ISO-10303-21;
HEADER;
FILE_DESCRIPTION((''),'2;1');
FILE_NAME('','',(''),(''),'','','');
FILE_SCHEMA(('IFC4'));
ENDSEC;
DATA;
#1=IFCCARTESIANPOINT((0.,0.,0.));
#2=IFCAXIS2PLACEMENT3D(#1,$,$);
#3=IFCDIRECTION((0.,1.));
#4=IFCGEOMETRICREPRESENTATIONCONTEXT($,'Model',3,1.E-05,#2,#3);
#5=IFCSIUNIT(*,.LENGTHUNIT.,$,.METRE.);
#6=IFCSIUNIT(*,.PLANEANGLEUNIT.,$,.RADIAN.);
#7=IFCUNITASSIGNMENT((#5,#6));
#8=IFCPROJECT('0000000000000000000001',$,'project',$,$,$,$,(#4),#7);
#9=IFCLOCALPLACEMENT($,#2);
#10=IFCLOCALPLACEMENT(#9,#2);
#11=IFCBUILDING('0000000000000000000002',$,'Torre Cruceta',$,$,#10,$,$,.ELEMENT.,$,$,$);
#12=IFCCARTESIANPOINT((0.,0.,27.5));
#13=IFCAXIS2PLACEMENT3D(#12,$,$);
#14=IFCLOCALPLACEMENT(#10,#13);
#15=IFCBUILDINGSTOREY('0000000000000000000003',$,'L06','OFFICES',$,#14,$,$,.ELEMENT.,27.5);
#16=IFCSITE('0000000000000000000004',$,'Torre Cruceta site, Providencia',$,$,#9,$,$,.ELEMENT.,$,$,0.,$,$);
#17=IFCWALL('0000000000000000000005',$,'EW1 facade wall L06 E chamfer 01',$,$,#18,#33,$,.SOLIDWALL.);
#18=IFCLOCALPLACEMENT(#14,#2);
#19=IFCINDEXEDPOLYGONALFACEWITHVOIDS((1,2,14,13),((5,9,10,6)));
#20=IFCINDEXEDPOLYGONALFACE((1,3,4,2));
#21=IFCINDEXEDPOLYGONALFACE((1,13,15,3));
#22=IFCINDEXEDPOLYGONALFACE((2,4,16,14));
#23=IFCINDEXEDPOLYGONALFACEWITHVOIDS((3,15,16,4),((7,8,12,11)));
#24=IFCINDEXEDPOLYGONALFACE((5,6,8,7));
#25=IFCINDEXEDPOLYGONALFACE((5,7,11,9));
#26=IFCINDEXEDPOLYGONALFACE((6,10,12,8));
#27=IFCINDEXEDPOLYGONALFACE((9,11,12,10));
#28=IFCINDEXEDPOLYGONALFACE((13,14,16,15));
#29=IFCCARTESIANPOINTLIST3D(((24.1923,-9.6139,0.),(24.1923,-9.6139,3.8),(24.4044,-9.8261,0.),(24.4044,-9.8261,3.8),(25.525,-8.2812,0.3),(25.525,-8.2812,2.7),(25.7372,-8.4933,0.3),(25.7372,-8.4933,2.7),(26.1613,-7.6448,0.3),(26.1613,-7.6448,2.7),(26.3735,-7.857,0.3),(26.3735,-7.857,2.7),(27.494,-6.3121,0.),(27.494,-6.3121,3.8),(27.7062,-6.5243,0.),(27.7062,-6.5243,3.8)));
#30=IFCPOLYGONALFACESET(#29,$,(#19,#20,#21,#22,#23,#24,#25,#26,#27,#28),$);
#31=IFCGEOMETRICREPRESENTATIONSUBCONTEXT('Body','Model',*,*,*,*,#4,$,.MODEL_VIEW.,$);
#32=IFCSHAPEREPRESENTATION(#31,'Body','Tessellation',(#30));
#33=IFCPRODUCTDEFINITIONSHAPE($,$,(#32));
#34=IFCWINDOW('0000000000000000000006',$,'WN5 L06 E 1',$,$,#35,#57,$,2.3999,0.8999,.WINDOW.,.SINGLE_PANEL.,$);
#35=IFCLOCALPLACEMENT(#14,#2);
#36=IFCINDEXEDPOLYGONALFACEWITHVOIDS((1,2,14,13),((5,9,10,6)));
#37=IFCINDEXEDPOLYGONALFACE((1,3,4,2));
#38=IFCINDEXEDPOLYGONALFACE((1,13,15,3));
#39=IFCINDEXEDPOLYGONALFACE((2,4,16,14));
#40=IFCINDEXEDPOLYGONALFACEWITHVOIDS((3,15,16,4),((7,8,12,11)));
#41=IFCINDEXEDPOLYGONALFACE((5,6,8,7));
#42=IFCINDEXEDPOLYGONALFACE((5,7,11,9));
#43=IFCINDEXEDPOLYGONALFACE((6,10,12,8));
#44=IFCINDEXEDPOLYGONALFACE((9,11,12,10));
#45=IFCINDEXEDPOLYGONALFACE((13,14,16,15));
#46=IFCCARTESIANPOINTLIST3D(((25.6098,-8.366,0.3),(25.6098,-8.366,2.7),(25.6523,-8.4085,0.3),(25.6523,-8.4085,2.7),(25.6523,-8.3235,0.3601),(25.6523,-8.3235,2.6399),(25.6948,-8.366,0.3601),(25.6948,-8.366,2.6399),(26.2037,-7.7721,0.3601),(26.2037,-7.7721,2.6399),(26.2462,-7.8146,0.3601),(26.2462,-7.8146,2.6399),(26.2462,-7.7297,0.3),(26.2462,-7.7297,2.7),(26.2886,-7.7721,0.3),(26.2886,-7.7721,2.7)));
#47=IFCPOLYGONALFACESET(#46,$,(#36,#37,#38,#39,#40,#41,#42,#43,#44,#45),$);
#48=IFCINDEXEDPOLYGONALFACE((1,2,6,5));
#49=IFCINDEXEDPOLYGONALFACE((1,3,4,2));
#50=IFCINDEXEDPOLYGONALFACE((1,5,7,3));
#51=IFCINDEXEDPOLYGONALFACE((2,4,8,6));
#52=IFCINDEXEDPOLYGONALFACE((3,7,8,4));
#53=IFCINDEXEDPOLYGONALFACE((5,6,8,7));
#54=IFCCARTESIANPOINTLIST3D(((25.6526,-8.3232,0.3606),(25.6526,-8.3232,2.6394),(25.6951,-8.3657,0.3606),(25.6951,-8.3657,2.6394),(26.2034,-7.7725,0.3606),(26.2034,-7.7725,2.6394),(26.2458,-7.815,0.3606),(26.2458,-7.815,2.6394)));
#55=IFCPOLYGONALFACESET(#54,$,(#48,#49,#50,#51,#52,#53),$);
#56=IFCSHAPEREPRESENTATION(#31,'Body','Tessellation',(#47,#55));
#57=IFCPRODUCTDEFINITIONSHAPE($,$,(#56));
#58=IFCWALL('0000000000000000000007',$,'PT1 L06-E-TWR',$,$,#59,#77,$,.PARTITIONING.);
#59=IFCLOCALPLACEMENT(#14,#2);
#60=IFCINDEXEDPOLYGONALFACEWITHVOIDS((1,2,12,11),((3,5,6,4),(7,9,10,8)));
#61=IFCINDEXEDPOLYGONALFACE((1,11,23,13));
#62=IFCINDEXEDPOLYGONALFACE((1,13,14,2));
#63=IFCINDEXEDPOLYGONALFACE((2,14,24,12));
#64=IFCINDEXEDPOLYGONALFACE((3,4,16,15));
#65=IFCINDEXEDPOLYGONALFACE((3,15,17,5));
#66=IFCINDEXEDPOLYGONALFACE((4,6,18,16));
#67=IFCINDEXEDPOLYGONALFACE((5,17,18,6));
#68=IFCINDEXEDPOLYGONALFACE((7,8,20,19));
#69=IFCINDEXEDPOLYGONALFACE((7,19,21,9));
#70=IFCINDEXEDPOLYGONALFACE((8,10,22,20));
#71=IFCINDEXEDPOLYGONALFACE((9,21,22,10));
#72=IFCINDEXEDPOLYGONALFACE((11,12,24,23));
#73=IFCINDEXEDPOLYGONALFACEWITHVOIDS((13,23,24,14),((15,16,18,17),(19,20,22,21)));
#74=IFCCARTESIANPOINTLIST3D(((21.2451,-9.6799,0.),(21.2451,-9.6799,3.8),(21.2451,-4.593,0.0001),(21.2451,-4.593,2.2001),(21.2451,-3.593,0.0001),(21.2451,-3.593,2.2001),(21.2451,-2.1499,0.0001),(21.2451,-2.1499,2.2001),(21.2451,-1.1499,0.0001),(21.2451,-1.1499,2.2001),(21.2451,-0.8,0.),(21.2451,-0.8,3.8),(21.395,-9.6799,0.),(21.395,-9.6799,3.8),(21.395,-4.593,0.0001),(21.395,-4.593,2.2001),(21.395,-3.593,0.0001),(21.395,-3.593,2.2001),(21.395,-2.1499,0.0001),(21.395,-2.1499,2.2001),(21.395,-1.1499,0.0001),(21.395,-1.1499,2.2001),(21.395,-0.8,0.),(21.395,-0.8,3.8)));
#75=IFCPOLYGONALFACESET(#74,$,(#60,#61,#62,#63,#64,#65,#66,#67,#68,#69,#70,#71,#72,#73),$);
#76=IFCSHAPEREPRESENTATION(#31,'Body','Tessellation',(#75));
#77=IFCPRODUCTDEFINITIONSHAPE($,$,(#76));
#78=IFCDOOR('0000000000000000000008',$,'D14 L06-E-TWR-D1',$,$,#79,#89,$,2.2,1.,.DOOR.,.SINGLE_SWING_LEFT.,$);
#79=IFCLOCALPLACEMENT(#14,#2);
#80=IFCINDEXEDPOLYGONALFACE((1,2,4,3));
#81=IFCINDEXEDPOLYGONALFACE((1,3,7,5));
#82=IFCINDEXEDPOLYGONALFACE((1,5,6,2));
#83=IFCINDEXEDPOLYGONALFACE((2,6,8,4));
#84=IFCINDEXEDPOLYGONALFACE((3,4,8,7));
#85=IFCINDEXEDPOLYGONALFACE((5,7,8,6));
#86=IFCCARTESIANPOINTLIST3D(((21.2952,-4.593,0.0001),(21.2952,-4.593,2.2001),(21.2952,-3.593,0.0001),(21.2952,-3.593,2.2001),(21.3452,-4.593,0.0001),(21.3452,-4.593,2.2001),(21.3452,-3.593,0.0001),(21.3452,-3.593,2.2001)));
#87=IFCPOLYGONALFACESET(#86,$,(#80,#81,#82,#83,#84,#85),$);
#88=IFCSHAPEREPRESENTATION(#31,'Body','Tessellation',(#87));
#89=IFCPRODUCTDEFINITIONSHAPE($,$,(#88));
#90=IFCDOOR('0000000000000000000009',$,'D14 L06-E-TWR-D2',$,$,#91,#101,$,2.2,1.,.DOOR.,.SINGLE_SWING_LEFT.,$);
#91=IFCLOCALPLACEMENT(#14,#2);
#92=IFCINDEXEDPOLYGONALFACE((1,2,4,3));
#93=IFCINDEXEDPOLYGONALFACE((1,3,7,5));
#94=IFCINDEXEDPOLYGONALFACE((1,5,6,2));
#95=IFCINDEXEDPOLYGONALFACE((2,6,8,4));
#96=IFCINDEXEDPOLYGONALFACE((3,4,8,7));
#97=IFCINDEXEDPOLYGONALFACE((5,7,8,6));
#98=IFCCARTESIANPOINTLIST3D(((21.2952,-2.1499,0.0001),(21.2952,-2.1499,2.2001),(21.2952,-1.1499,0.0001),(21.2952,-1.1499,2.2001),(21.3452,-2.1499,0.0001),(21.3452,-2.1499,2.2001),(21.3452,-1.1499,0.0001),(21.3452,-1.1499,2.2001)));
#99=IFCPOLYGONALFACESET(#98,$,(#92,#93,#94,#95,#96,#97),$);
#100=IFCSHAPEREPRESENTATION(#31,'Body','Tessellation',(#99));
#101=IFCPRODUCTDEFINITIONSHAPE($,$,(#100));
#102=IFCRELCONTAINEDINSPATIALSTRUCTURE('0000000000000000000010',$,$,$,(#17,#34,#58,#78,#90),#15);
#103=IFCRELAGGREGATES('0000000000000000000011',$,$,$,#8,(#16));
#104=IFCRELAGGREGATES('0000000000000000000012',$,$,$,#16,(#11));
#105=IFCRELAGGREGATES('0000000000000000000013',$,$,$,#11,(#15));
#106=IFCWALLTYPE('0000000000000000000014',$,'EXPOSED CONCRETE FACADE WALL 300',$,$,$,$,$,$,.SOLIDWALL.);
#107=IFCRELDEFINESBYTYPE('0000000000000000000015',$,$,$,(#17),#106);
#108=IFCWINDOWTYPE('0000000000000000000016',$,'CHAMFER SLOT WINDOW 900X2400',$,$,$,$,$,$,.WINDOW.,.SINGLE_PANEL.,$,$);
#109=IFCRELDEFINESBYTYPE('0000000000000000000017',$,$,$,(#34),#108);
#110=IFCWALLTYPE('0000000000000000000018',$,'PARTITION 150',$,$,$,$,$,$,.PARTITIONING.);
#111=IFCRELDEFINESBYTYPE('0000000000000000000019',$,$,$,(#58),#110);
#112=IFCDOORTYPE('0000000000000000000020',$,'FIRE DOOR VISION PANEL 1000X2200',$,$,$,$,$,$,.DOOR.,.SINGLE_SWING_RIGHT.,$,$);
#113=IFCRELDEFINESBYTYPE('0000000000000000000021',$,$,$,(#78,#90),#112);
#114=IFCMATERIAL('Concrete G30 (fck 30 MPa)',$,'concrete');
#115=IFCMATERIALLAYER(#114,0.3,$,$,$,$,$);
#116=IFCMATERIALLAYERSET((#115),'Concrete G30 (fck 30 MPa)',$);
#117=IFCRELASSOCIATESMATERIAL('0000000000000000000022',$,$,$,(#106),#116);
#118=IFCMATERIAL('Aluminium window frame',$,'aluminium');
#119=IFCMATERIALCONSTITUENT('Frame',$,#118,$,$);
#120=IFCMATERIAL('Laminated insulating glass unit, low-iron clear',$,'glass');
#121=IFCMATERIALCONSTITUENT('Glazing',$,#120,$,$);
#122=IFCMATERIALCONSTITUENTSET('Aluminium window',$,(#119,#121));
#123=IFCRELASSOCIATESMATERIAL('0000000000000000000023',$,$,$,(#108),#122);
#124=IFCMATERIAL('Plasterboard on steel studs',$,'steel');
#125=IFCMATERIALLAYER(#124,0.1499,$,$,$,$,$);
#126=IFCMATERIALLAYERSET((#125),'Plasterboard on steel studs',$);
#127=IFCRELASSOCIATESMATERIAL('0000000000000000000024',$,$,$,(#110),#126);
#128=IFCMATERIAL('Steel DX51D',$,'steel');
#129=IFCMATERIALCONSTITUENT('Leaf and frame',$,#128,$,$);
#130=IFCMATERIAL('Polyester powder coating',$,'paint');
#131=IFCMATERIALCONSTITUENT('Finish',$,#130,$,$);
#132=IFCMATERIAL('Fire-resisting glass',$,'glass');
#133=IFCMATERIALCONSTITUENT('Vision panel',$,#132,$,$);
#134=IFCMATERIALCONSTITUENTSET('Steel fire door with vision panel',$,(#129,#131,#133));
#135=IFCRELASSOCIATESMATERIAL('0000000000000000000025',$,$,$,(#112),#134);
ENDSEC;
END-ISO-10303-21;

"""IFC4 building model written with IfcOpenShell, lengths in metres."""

from ifc_helpers import new_model, si_unit, direction, frame, frame_2d, origin, place, context, subcontext, project, spatial, rectangle, hollow_rectangle, extrude, material, layer, layer_set, constituent, constituent_set, type_object, element, fill, save


model = new_model("IFC4")

# Units and contexts
model_context = context("Model", 3, precision=1e-05, world=origin(), true_north=direction((0.0, 1.0)))
body_context = subcontext(model_context, "Body", "Model", "MODEL_VIEW")
ifc_project = project(units=[si_unit("LENGTHUNIT", "METRE"), si_unit("PLANEANGLEUNIT", "RADIAN")], contexts=[model_context])

# Site, building, storey
site_placement = place(None, origin())
site = spatial("IfcSite", under=ifc_project, at=site_placement, Name="Torre Cruceta site, Providencia", CompositionType="ELEMENT", RefElevation=0.0)
building_placement = place(site_placement, origin())
building = spatial("IfcBuilding", under=site, at=building_placement, Name="Torre Cruceta", CompositionType="ELEMENT")
storey_placement = place(building_placement, frame((0.0, 0.0, 27.5)))
storey = spatial("IfcBuildingStorey", under=building, at=storey_placement, Name="L06", Description="OFFICES", CompositionType="ELEMENT", Elevation=27.5)

# Wall, opening, window
ifc_material_1 = material(Name="Concrete G30 (fck 30 MPa)", Category="concrete")
ifc_layer_1 = layer(ifc_material_1, 0.3)
ifc_layer_set_1 = layer_set([ifc_layer_1], Name="Concrete G30 (fck 30 MPa)")
wall_type_1 = type_object("IfcWallType", Name="EXPOSED CONCRETE FACADE WALL 300", PredefinedType="SOLIDWALL", material=ifc_layer_set_1)
wall_1_placement = place(storey_placement, frame((24.2983, -9.72, 0.0), z_axis=(0.0, 0.0, 1.0), x_axis=(0.707107, 0.707107, 0.0)))
wall_1 = element("IfcWall", 1, at=wall_1_placement, inside=storey, type_object=wall_type_1, Name="EW1 facade wall L06 E chamfer 01", PredefinedType="SOLIDWALL", context=body_context, shape_type="SweptSolid", body=[
    extrude(rectangle(XDim=4.6694, YDim=0.3, at=frame_2d((2.3347, 0.0))), origin(), (0.0, 0.0, 1.0), 3.8),
])
opening_1_placement = place(wall_1_placement, frame((1.8848, 0.0, 0.3)))
opening_1 = element("IfcOpeningElement", 2, at=opening_1_placement, cuts=wall_1, PredefinedType="OPENING", context=body_context, shape_type="SweptSolid", body=[
    extrude(rectangle(XDim=0.8999, YDim=2.3999, at=frame_2d((0.45, 1.2))), frame((0.0, 0.1599, 0.0), z_axis=(0.0, -1.0, 0.0), x_axis=(1.0, 0.0, 0.0)), (0.0, 0.0, 1.0), 0.3201),
])
ifc_material_2 = material(Name="Aluminium window frame", Category="aluminium")
ifc_constituent_1 = constituent(ifc_material_2, Name="Frame")
ifc_material_3 = material(Name="Laminated insulating glass unit, low-iron clear", Category="glass")
ifc_constituent_2 = constituent(ifc_material_3, Name="Glazing")
ifc_constituent_set_1 = constituent_set(constituents=[ifc_constituent_1, ifc_constituent_2], Name="Aluminium window")
window_type = type_object("IfcWindowType", Name="CHAMFER SLOT WINDOW 900X2400", PartitioningType="SINGLE_PANEL", PredefinedType="WINDOW", material=ifc_constituent_set_1)
window_placement = place(opening_1_placement, origin())
window = element("IfcWindow", 3, at=window_placement, inside=storey, type_object=window_type, Name="WN5 L06 E 1", OverallHeight=2.3999, OverallWidth=0.8999, PartitioningType="SINGLE_PANEL", PredefinedType="WINDOW", context=body_context, shape_type="SweptSolid", body=[
    extrude(hollow_rectangle(XDim=0.8999, YDim=2.3999, WallThickness=0.0601, at=frame_2d((0.45, 1.2))), frame((0.0, 0.03, 0.0), z_axis=(0.0, -1.0, 0.0), x_axis=(1.0, 0.0, 0.0)), (0.0, 0.0, 1.0), 0.0601),
    extrude(rectangle(XDim=0.7788, YDim=2.2788, at=frame_2d((0.45, 1.2))), frame((0.0, 0.03, 0.0), z_axis=(0.0, -1.0, 0.0), x_axis=(1.0, 0.0, 0.0)), (0.0, 0.0, 1.0), 0.0601),
])
fill(opening_1, window)

# Wall, openings, doors
ifc_material_4 = material(Name="Plasterboard on steel studs", Category="steel")
ifc_layer_2 = layer(ifc_material_4, 0.1499)
ifc_layer_set_2 = layer_set([ifc_layer_2], Name="Plasterboard on steel studs")
wall_type_2 = type_object("IfcWallType", Name="PARTITION 150", PredefinedType="PARTITIONING", material=ifc_layer_set_2)
wall_2_placement = place(storey_placement, frame((21.3201, -9.6799, 0.0), z_axis=(0.0, 0.0, 1.0), x_axis=(0.0, 1.0, 0.0)))
wall_2 = element("IfcWall", 4, at=wall_2_placement, inside=storey, type_object=wall_type_2, Name="PT1 L06-E-TWR", PredefinedType="PARTITIONING", context=body_context, shape_type="SweptSolid", body=[
    extrude(rectangle(XDim=8.8799, YDim=0.1499, at=frame_2d((4.4399, 0.0))), origin(), (0.0, 0.0, 1.0), 3.8),
])
opening_2_placement = place(wall_2_placement, frame((5.0869, 0.0, 0.0)))
opening_2 = element("IfcOpeningElement", 5, at=opening_2_placement, cuts=wall_2, PredefinedType="OPENING", context=body_context, shape_type="SweptSolid", body=[
    extrude(rectangle(XDim=1.0, YDim=2.2, at=frame_2d((0.5, 1.1001))), frame((0.0, 0.085, 0.0), z_axis=(0.0, -1.0, 0.0), x_axis=(1.0, 0.0, 0.0)), (0.0, 0.0, 1.0), 0.1699),
])
opening_3_placement = place(wall_2_placement, frame((7.53, 0.0, 0.0)))
opening_3 = element("IfcOpeningElement", 6, at=opening_3_placement, cuts=wall_2, PredefinedType="OPENING", context=body_context, shape_type="SweptSolid", body=[
    extrude(rectangle(XDim=1.0, YDim=2.2, at=frame_2d((0.5, 1.1001))), frame((0.0, 0.085, 0.0), z_axis=(0.0, -1.0, 0.0), x_axis=(1.0, 0.0, 0.0)), (0.0, 0.0, 1.0), 0.1699),
])
ifc_material_5 = material(Name="Steel DX51D", Category="steel")
ifc_constituent_3 = constituent(ifc_material_5, Name="Leaf and frame")
ifc_material_6 = material(Name="Polyester powder coating", Category="paint")
ifc_constituent_4 = constituent(ifc_material_6, Name="Finish")
ifc_material_7 = material(Name="Fire-resisting glass", Category="glass")
ifc_constituent_5 = constituent(ifc_material_7, Name="Vision panel")
ifc_constituent_set_2 = constituent_set(constituents=[ifc_constituent_3, ifc_constituent_4, ifc_constituent_5], Name="Steel fire door with vision panel")
door_type = type_object("IfcDoorType", Name="FIRE DOOR VISION PANEL 1000X2200", OperationType="SINGLE_SWING_RIGHT", PredefinedType="DOOR", material=ifc_constituent_set_2)
door_1_placement = place(opening_2_placement, frame((1.0, 0.0, 0.0), z_axis=(0.0, 0.0, 1.0), x_axis=(-1.0, 0.0, 0.0)))
door_1 = element("IfcDoor", 7, at=door_1_placement, inside=storey, type_object=door_type, Name="D14 L06-E-TWR-D1", OperationType="SINGLE_SWING_LEFT", OverallHeight=2.2, OverallWidth=1.0, PredefinedType="DOOR", context=body_context, shape_type="SweptSolid", body=[
    extrude(rectangle(XDim=1.0, YDim=2.2, at=frame_2d((0.5, 1.1001))), frame((0.0, 0.0251, 0.0), z_axis=(0.0, -1.0, 0.0), x_axis=(1.0, 0.0, 0.0)), (0.0, 0.0, 1.0), 0.05),
])
fill(opening_2, door_1)
door_2_placement = place(opening_3_placement, frame((1.0, 0.0, 0.0), z_axis=(0.0, 0.0, 1.0), x_axis=(-1.0, 0.0, 0.0)))
door_2 = element("IfcDoor", 8, at=door_2_placement, inside=storey, type_object=door_type, Name="D14 L06-E-TWR-D2", OperationType="SINGLE_SWING_LEFT", OverallHeight=2.2, OverallWidth=1.0, PredefinedType="DOOR", context=body_context, shape_type="SweptSolid", body=[
    extrude(rectangle(XDim=1.0, YDim=2.2, at=frame_2d((0.5, 1.1001))), frame((0.0, 0.0251, 0.0), z_axis=(0.0, -1.0, 0.0), x_axis=(1.0, 0.0, 0.0)), (0.0, 0.0, 1.0), 0.05),
])
fill(opening_3, door_2)

save(model, "model.ifc")
